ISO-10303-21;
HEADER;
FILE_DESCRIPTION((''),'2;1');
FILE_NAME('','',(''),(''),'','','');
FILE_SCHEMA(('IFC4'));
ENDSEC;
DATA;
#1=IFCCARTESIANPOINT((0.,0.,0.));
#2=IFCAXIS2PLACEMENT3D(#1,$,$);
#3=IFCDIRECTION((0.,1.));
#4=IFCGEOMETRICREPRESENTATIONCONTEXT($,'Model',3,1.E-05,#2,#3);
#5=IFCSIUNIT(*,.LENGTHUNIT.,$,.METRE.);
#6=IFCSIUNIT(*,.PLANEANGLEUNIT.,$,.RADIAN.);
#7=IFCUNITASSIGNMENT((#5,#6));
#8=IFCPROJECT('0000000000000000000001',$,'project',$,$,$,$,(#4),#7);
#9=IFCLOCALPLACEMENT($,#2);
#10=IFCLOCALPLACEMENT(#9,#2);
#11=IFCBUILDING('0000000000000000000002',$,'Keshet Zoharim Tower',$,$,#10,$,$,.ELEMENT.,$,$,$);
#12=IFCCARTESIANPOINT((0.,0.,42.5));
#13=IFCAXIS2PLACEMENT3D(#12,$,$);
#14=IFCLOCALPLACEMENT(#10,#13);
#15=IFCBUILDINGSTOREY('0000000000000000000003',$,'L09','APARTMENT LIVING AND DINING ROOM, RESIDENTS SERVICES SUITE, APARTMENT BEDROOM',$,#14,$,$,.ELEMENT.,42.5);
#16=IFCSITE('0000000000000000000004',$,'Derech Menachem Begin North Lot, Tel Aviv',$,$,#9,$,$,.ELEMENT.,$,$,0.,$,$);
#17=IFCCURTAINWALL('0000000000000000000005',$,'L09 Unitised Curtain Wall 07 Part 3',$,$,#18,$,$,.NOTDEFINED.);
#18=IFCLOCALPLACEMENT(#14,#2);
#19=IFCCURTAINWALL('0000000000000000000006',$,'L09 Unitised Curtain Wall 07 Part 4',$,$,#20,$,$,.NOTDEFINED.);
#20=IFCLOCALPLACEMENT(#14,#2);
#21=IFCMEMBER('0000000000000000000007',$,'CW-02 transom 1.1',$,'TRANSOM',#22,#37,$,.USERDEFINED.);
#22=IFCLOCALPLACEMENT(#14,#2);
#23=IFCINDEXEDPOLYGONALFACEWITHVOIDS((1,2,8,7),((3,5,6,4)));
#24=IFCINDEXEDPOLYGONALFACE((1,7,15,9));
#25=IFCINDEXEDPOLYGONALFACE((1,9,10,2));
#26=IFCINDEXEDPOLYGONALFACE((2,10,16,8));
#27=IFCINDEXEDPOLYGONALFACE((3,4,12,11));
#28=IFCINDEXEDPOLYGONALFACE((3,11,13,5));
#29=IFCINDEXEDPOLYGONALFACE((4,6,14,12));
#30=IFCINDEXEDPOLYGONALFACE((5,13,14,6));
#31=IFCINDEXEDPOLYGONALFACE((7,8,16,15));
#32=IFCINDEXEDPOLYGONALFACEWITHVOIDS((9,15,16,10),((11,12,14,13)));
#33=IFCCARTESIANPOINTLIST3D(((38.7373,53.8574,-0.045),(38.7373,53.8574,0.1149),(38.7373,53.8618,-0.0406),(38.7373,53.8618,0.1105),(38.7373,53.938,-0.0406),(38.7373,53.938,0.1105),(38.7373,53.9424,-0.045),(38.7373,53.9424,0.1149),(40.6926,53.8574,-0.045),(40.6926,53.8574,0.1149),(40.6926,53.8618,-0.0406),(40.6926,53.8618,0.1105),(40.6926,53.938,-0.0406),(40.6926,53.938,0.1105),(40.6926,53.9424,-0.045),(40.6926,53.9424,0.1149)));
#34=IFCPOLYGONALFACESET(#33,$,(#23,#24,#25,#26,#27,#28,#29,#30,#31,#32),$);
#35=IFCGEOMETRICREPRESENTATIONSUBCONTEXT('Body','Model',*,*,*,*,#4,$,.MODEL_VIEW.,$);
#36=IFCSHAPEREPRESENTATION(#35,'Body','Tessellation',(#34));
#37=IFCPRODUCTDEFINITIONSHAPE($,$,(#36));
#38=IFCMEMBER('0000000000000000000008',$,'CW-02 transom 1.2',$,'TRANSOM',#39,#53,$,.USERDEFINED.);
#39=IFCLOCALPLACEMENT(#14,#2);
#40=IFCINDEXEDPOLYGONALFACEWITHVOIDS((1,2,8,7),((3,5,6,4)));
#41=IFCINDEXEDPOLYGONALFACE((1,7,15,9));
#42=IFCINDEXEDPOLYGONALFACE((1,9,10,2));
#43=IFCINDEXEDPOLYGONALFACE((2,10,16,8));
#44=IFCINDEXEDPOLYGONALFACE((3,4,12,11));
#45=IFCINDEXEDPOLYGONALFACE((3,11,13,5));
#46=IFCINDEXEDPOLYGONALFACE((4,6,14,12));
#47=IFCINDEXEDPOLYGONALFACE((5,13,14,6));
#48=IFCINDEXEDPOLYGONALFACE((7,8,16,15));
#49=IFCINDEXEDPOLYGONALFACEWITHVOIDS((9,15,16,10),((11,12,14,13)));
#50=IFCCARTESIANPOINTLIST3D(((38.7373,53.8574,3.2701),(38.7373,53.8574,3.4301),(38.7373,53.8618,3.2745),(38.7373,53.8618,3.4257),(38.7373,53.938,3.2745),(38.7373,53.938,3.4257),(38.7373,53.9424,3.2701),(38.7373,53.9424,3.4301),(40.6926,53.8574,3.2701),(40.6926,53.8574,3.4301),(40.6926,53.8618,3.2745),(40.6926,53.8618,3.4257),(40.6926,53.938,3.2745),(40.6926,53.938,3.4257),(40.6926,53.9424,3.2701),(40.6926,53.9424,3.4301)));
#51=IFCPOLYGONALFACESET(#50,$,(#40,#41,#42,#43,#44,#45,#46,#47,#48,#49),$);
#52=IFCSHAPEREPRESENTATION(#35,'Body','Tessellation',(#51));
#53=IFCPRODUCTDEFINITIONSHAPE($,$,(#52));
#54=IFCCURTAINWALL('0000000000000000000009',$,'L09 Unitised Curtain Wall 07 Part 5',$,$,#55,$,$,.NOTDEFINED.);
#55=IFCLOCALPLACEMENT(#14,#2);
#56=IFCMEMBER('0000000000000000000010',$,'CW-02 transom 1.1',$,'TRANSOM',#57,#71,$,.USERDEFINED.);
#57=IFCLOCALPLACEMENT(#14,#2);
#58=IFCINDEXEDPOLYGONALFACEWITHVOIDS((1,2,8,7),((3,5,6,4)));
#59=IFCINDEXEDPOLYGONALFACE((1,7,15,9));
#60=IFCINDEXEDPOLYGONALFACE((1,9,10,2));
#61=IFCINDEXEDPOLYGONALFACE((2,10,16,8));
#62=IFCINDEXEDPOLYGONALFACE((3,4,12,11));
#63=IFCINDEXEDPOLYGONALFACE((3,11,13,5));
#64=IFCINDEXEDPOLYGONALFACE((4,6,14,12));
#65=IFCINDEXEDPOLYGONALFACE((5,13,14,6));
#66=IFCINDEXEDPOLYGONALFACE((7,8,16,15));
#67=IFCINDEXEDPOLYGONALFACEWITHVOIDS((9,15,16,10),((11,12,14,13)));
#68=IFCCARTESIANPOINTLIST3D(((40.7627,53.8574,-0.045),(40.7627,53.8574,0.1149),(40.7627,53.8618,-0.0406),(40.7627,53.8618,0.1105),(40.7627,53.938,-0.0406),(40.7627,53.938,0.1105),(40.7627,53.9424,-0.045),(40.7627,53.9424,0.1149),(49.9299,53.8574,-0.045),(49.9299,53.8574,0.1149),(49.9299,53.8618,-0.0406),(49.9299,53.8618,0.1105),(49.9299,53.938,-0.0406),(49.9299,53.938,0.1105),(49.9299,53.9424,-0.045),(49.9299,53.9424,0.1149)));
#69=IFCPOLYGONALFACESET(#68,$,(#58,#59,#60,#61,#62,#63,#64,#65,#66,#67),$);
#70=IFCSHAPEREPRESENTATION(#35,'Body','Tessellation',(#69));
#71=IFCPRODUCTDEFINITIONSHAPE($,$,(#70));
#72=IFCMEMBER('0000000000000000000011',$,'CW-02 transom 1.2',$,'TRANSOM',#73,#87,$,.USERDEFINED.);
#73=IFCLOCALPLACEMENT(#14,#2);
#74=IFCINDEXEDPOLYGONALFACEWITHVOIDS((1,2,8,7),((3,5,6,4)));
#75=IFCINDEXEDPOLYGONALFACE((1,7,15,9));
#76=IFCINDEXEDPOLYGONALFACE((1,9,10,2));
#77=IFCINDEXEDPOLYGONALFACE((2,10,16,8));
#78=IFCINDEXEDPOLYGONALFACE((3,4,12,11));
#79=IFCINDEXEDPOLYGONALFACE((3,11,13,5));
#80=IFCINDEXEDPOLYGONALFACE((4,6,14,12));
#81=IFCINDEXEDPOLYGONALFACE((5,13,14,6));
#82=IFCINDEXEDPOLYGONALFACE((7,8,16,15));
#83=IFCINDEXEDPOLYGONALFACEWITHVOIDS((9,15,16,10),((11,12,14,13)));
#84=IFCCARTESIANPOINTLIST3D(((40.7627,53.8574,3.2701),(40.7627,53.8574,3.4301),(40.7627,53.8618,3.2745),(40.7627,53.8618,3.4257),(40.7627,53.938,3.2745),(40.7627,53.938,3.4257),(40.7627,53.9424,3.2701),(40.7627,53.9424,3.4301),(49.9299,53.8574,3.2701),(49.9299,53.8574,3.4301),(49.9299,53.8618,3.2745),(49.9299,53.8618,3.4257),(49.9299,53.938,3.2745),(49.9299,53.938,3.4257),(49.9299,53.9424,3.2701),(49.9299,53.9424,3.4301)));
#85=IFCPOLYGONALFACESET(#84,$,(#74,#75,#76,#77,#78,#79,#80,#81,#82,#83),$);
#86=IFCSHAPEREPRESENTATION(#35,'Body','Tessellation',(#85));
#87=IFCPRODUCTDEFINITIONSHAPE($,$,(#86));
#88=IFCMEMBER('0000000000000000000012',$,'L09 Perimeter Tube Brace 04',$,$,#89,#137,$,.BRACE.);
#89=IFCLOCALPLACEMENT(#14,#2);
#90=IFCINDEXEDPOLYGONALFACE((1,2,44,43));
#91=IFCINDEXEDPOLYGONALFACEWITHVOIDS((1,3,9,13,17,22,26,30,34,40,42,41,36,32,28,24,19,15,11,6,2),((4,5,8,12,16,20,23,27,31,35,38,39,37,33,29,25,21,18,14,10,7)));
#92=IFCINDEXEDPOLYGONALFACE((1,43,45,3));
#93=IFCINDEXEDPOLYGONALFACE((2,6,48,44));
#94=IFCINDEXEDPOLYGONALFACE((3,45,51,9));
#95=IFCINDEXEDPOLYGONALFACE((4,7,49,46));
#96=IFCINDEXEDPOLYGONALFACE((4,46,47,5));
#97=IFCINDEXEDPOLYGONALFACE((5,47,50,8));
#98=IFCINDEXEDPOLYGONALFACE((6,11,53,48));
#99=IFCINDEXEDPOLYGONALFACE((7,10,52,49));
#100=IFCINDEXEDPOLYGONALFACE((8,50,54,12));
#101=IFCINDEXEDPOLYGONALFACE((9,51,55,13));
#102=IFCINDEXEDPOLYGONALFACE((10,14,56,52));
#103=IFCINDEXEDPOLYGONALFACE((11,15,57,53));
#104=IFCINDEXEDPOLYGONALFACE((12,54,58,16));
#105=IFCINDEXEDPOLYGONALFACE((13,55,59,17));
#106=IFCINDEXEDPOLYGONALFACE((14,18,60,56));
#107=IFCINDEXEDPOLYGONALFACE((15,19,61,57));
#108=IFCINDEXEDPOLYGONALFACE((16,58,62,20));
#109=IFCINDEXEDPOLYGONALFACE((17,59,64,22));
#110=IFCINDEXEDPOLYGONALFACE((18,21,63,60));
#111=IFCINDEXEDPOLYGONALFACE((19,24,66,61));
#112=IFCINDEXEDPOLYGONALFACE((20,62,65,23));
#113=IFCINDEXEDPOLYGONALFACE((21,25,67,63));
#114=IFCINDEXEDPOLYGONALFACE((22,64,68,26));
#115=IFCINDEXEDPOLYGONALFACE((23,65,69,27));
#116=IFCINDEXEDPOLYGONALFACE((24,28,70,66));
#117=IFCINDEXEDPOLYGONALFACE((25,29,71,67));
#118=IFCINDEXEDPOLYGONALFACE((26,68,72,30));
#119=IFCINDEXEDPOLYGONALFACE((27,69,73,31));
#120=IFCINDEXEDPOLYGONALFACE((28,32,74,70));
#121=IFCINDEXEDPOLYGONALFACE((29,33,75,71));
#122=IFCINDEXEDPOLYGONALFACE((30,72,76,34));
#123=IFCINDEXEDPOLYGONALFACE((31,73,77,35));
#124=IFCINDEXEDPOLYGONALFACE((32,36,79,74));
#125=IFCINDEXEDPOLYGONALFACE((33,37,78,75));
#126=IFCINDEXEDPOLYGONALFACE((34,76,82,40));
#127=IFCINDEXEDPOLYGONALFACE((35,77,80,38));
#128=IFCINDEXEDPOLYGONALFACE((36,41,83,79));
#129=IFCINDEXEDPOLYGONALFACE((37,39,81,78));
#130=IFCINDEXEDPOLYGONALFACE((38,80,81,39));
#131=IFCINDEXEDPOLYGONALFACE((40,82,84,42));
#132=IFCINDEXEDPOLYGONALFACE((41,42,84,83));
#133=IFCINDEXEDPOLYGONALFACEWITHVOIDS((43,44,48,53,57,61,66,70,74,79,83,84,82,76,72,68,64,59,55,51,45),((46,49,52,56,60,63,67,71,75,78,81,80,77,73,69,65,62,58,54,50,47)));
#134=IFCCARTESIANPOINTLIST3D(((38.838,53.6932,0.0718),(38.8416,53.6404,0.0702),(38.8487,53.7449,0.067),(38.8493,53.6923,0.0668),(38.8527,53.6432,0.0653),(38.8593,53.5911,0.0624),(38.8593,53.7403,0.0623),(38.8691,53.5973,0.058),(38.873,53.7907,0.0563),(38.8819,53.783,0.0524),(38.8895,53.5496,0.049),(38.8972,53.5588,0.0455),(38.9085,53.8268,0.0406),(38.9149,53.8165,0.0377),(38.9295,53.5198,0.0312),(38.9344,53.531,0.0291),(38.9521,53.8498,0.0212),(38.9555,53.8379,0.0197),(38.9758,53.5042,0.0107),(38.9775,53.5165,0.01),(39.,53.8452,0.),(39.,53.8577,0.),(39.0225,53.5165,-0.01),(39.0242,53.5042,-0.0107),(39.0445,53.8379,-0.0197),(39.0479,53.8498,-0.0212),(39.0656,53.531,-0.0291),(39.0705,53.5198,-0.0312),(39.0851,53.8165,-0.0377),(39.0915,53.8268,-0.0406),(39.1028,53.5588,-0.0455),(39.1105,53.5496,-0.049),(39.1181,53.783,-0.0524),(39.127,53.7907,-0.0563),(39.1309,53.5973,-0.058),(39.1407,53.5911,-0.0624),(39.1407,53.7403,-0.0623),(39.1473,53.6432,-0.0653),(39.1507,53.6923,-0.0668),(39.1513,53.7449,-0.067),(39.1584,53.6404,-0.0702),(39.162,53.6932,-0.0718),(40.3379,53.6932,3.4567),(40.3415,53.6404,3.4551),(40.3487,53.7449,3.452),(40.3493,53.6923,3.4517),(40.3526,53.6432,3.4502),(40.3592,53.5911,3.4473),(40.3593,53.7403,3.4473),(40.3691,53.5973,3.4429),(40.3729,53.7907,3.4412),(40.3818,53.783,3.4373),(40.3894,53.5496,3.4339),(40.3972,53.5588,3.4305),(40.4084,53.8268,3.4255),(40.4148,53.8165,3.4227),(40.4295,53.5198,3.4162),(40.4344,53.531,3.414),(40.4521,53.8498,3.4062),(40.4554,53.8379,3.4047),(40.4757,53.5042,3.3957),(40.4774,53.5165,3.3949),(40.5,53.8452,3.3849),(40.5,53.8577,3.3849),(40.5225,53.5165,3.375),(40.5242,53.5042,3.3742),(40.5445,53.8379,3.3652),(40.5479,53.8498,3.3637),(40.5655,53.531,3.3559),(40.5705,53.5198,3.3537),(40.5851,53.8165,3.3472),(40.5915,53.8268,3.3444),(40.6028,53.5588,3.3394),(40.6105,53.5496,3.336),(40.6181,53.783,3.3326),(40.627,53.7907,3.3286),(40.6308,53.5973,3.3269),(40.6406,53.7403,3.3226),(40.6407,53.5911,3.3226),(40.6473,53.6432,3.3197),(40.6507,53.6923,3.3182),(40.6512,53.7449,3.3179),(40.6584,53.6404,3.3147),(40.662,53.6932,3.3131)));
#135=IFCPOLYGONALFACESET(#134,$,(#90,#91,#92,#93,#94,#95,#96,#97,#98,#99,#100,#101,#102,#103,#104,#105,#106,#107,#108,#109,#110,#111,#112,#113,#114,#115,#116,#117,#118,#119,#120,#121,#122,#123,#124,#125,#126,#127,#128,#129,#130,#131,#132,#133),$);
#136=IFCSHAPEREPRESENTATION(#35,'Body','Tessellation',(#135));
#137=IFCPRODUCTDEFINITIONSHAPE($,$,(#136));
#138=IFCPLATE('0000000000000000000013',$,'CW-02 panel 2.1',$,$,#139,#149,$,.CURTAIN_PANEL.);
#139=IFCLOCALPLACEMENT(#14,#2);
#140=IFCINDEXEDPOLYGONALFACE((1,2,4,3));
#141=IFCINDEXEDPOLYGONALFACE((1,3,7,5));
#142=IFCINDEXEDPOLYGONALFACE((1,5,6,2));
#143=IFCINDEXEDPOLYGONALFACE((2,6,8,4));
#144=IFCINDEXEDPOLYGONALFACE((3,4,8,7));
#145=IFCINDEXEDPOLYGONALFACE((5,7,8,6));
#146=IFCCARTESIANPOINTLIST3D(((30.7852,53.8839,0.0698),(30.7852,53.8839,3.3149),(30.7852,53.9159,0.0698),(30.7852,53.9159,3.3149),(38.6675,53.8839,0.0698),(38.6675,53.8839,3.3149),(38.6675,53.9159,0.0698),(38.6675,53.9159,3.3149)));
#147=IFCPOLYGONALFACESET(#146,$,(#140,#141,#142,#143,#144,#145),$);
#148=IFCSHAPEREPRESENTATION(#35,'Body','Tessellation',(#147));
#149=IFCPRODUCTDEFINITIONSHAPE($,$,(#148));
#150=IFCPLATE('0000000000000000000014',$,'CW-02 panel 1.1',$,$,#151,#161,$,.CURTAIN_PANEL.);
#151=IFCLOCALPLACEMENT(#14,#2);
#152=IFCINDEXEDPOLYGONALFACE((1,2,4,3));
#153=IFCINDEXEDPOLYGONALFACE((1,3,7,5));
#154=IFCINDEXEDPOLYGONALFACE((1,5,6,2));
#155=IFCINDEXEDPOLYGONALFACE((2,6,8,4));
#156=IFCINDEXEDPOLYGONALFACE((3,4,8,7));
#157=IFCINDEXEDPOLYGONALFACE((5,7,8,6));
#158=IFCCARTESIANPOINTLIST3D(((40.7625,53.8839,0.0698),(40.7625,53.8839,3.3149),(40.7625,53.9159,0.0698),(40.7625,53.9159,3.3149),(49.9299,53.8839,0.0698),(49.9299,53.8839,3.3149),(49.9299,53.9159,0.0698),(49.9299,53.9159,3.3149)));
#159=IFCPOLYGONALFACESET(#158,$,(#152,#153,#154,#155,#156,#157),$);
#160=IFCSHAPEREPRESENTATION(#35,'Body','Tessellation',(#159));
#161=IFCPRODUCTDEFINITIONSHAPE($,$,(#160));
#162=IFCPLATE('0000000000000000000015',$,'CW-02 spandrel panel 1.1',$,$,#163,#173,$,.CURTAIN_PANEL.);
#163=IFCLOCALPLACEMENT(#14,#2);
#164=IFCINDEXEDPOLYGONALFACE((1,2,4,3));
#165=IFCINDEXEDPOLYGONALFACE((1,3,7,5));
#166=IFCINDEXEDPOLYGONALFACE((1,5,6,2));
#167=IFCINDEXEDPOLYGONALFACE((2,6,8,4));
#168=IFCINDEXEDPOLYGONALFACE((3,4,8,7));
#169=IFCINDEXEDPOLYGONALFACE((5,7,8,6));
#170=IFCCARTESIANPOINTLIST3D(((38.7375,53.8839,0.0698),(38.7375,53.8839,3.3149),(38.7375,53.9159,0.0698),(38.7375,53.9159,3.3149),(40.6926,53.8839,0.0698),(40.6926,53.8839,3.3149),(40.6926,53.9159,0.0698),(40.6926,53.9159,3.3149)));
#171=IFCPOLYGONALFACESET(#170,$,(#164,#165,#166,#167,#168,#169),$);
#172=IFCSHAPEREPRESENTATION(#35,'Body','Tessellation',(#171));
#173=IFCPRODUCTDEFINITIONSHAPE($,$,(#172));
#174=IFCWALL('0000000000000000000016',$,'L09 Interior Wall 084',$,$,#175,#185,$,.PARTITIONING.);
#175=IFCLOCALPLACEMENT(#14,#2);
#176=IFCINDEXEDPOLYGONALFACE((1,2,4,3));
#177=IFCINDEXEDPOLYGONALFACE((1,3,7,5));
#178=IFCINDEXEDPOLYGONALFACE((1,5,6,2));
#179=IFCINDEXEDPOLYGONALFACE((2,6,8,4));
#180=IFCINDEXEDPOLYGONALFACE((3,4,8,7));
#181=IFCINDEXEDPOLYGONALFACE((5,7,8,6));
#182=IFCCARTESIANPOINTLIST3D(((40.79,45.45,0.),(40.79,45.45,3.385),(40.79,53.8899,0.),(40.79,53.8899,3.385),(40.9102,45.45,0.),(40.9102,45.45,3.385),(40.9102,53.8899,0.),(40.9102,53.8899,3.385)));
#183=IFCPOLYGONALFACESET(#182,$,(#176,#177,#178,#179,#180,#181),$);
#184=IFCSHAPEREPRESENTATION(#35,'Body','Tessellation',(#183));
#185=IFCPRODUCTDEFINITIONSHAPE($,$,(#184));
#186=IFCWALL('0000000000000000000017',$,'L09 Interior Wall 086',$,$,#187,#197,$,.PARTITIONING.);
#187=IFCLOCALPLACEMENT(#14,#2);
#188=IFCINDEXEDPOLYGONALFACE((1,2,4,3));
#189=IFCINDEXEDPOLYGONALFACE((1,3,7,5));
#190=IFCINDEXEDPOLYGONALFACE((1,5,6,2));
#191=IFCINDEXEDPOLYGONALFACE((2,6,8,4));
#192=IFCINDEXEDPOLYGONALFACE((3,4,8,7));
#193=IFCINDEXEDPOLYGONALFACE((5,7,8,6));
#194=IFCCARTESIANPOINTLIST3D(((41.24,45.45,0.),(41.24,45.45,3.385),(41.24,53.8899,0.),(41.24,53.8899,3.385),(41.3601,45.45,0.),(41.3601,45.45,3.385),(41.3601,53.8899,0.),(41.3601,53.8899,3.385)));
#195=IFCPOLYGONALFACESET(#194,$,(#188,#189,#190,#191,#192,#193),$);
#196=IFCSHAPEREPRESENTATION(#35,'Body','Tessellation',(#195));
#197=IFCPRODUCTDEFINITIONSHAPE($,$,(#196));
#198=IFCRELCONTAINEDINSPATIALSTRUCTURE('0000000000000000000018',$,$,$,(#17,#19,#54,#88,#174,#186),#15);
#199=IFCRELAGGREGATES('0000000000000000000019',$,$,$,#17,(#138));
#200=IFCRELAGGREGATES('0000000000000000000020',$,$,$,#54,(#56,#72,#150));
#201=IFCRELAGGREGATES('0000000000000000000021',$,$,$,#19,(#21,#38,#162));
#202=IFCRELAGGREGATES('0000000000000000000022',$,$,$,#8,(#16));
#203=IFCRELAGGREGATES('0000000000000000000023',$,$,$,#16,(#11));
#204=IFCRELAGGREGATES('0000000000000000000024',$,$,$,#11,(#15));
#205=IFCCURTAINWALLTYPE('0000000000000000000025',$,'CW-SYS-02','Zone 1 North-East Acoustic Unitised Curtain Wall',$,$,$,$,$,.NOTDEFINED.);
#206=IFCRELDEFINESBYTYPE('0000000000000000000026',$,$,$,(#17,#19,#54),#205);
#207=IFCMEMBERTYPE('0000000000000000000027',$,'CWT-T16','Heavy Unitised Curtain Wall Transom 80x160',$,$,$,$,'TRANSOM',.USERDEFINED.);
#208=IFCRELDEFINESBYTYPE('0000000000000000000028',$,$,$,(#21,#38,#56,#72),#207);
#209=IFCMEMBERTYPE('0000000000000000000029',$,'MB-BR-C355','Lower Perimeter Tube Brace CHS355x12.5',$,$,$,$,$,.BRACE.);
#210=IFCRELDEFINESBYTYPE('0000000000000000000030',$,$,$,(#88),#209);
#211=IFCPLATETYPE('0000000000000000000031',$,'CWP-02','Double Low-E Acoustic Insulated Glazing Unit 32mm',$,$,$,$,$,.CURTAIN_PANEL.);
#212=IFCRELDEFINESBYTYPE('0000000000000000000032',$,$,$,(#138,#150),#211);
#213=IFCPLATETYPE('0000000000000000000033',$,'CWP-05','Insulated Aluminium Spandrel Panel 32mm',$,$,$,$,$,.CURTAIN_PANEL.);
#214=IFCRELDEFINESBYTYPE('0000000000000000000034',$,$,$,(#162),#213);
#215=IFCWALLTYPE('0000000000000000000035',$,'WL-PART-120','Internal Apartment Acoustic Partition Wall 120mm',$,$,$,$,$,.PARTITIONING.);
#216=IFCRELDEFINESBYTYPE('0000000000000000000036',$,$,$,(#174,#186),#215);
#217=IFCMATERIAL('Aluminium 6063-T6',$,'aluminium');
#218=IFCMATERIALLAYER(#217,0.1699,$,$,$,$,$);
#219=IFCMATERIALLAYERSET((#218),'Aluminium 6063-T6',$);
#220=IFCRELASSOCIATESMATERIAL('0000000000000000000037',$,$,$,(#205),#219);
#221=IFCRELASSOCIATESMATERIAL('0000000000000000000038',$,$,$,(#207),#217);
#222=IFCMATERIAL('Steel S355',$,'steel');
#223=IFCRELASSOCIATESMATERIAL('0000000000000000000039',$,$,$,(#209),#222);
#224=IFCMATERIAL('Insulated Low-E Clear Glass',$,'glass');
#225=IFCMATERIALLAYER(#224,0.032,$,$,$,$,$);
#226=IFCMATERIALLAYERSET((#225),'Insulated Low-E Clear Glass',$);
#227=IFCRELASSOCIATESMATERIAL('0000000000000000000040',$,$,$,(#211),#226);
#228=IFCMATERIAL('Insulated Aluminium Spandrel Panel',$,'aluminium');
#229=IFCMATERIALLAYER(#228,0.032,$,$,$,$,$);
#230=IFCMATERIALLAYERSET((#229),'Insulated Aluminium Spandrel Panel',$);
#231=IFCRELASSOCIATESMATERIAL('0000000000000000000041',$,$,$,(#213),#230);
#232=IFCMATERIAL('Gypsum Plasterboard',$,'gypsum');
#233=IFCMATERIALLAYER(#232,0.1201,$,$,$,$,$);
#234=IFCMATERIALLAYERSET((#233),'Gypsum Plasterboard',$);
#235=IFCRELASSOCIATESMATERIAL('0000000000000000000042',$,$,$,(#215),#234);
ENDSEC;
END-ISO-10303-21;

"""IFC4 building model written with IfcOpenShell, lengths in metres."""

from ifc_helpers import new_model, si_unit, direction, frame, frame_2d, origin, origin_2d, place, context, subcontext, project, spatial, rectangle, hollow_rectangle, hollow_circle, extrude, material, layer, layer_set, material_profile, profile_set, type_object, element, aggregate, save


model = new_model("IFC4")

# Units and contexts
model_context = context("Model", 3, precision=1e-05, world=origin(), true_north=direction((0.0, 1.0)))
body_context = subcontext(model_context, "Body", "Model", "MODEL_VIEW")
ifc_project = project(units=[si_unit("LENGTHUNIT", "METRE"), si_unit("PLANEANGLEUNIT", "RADIAN")], contexts=[model_context])

# Site, building, storey
site_placement = place(None, origin())
site = spatial("IfcSite", under=ifc_project, at=site_placement, Name="Derech Menachem Begin North Lot, Tel Aviv", CompositionType="ELEMENT", RefElevation=0.0)
building_placement = place(site_placement, origin())
building = spatial("IfcBuilding", under=site, at=building_placement, Name="Keshet Zoharim Tower", CompositionType="ELEMENT")
storey_placement = place(building_placement, frame((0.0, 0.0, 42.5)))
storey = spatial("IfcBuildingStorey", under=building, at=storey_placement, Name="L09", Description="APARTMENT LIVING AND DINING ROOM, RESIDENTS SERVICES SUITE, APARTMENT BEDROOM", CompositionType="ELEMENT", Elevation=42.5)

# Shared definitions
ifc_material_1 = material(Name="Steel S355", Category="steel")

# Curtain wall
ifc_material_2 = material(Name="Aluminium 6063-T6", Category="aluminium")
ifc_layer_1 = layer(ifc_material_2, 0.1699)
ifc_layer_set_1 = layer_set([ifc_layer_1], Name="Aluminium 6063-T6")
curtain_wall_type = type_object("IfcCurtainWallType", Name="CW-SYS-02", Description="Zone 1 North-East Acoustic Unitised Curtain Wall", PredefinedType="NOTDEFINED", material=ifc_layer_set_1)
curtain_wall_1_placement = place(storey_placement, origin())
curtain_wall_1 = element("IfcCurtainWall", 1, at=curtain_wall_1_placement, inside=storey, type_object=curtain_wall_type, Name="L09 Unitised Curtain Wall 07 Part 3", PredefinedType="NOTDEFINED")

# Curtain walls, members
curtain_wall_2_placement = place(storey_placement, origin())
curtain_wall_2 = element("IfcCurtainWall", 2, at=curtain_wall_2_placement, inside=storey, type_object=curtain_wall_type, Name="L09 Unitised Curtain Wall 07 Part 4", PredefinedType="NOTDEFINED")
ifc_material_profile_1 = material_profile(ifc_material_2, hollow_rectangle(XDim=0.085, YDim=0.1599, WallThickness=0.0044, at=origin_2d()), Name="TRN-85x160")
ifc_profile_set_1 = profile_set([ifc_material_profile_1], Name="Aluminium 6063-T6")
member_type_1 = type_object("IfcMemberType", Name="CWT-T16", Description="Heavy Unitised Curtain Wall Transom 80x160", ElementType="TRANSOM", PredefinedType="USERDEFINED", material=ifc_profile_set_1)
member_1_placement = place(storey_placement, frame((38.7373, 53.8999, 0.0349), z_axis=(1.0, 0.0, 0.0), x_axis=(0.0, 1.0, 0.0)))
member_1 = element("IfcMember", 3, at=member_1_placement, type_object=member_type_1, Name="CW-02 transom 1.1", ObjectType="TRANSOM", PredefinedType="USERDEFINED", context=body_context, shape_type="SweptSolid", body=[
    extrude(hollow_rectangle(XDim=0.085, YDim=0.1599, WallThickness=0.0044, at=origin_2d()), origin(), (0.0, 0.0, 1.0), 1.9553),
])
member_2_placement = place(storey_placement, frame((38.7373, 53.8999, 3.3501), z_axis=(1.0, 0.0, 0.0), x_axis=(0.0, 1.0, 0.0)))
member_2 = element("IfcMember", 4, at=member_2_placement, type_object=member_type_1, Name="CW-02 transom 1.2", ObjectType="TRANSOM", PredefinedType="USERDEFINED", context=body_context, shape_type="SweptSolid", body=[
    extrude(hollow_rectangle(XDim=0.085, YDim=0.1599, WallThickness=0.0044, at=origin_2d()), origin(), (0.0, 0.0, 1.0), 1.9553),
])
curtain_wall_3_placement = place(storey_placement, origin())
curtain_wall_3 = element("IfcCurtainWall", 5, at=curtain_wall_3_placement, inside=storey, type_object=curtain_wall_type, Name="L09 Unitised Curtain Wall 07 Part 5", PredefinedType="NOTDEFINED")
member_3_placement = place(storey_placement, frame((40.7627, 53.8999, 0.0349), z_axis=(1.0, 0.0, 0.0), x_axis=(0.0, 1.0, 0.0)))
member_3 = element("IfcMember", 6, at=member_3_placement, type_object=member_type_1, Name="CW-02 transom 1.1", ObjectType="TRANSOM", PredefinedType="USERDEFINED", context=body_context, shape_type="SweptSolid", body=[
    extrude(hollow_rectangle(XDim=0.085, YDim=0.1599, WallThickness=0.0044, at=origin_2d()), origin(), (0.0, 0.0, 1.0), 9.1672),
])
member_4_placement = place(storey_placement, frame((40.7627, 53.8999, 3.3501), z_axis=(1.0, 0.0, 0.0), x_axis=(0.0, 1.0, 0.0)))
member_4 = element("IfcMember", 7, at=member_4_placement, type_object=member_type_1, Name="CW-02 transom 1.2", ObjectType="TRANSOM", PredefinedType="USERDEFINED", context=body_context, shape_type="SweptSolid", body=[
    extrude(hollow_rectangle(XDim=0.085, YDim=0.1599, WallThickness=0.0044, at=origin_2d()), origin(), (0.0, 0.0, 1.0), 9.1672),
])

# Member
ifc_material_profile_2 = material_profile(ifc_material_1, hollow_circle(Radius=0.1777, WallThickness=0.0125, at=origin_2d()), Name="CHS355x12.5")
ifc_profile_set_2 = profile_set([ifc_material_profile_2], Name="Steel S355")
member_type_2 = type_object("IfcMemberType", Name="MB-BR-C355", Description="Lower Perimeter Tube Brace CHS355x12.5", PredefinedType="BRACE", material=ifc_profile_set_2)
member_5_placement = place(storey_placement, frame((39.0, 53.6799, 0.0), z_axis=(0.405135, 0.0, 0.914257), x_axis=(0.0, 1.0, 0.0)))
element("IfcMember", 8, at=member_5_placement, inside=storey, type_object=member_type_2, Name="L09 Perimeter Tube Brace 04", PredefinedType="BRACE", context=body_context, shape_type="SweptSolid", body=[
    extrude(hollow_circle(Radius=0.1777, WallThickness=0.0125, at=origin_2d()), origin(), (0.0, 0.0, 1.0), 3.7024),
])

# Plates
ifc_material_3 = material(Name="Insulated Low-E Clear Glass", Category="glass")
ifc_layer_2 = layer(ifc_material_3, 0.032)
ifc_layer_set_2 = layer_set([ifc_layer_2], Name="Insulated Low-E Clear Glass")
plate_type_1 = type_object("IfcPlateType", Name="CWP-02", Description="Double Low-E Acoustic Insulated Glazing Unit 32mm", PredefinedType="CURTAIN_PANEL", material=ifc_layer_set_2)
plate_1_placement = place(storey_placement, frame((34.7263, 53.8999, 0.0698), z_axis=(0.0, 0.0, 1.0), x_axis=(1.0, 0.0, 0.0)))
plate_1 = element("IfcPlate", 9, at=plate_1_placement, type_object=plate_type_1, Name="CW-02 panel 2.1", PredefinedType="CURTAIN_PANEL", context=body_context, shape_type="SweptSolid", body=[
    extrude(rectangle(XDim=7.8823, YDim=0.032, at=origin_2d()), origin(), (0.0, 0.0, 1.0), 3.2451),
])
aggregate(curtain_wall_1, [plate_1])
plate_2_placement = place(storey_placement, frame((45.3462, 53.8999, 0.0698), z_axis=(0.0, 0.0, 1.0), x_axis=(1.0, 0.0, 0.0)))
plate_2 = element("IfcPlate", 10, at=plate_2_placement, type_object=plate_type_1, Name="CW-02 panel 1.1", PredefinedType="CURTAIN_PANEL", context=body_context, shape_type="SweptSolid", body=[
    extrude(rectangle(XDim=9.1675, YDim=0.032, at=origin_2d()), origin(), (0.0, 0.0, 1.0), 3.2451),
])
aggregate(curtain_wall_3, [member_3, member_4, plate_2])
ifc_material_4 = material(Name="Insulated Aluminium Spandrel Panel", Category="aluminium")
ifc_layer_3 = layer(ifc_material_4, 0.032)
ifc_layer_set_3 = layer_set([ifc_layer_3], Name="Insulated Aluminium Spandrel Panel")
plate_type_2 = type_object("IfcPlateType", Name="CWP-05", Description="Insulated Aluminium Spandrel Panel 32mm", PredefinedType="CURTAIN_PANEL", material=ifc_layer_set_3)
plate_3_placement = place(storey_placement, frame((39.7151, 53.8999, 0.0698), z_axis=(0.0, 0.0, 1.0), x_axis=(1.0, 0.0, 0.0)))
plate_3 = element("IfcPlate", 11, at=plate_3_placement, type_object=plate_type_2, Name="CW-02 spandrel panel 1.1", PredefinedType="CURTAIN_PANEL", context=body_context, shape_type="SweptSolid", body=[
    extrude(rectangle(XDim=1.9551, YDim=0.032, at=origin_2d()), origin(), (0.0, 0.0, 1.0), 3.2451),
])
aggregate(curtain_wall_2, [member_1, member_2, plate_3])

# Walls
ifc_material_5 = material(Name="Gypsum Plasterboard", Category="gypsum")
ifc_layer_4 = layer(ifc_material_5, 0.1201)
ifc_layer_set_4 = layer_set([ifc_layer_4], Name="Gypsum Plasterboard")
wall_type = type_object("IfcWallType", Name="WL-PART-120", Description="Internal Apartment Acoustic Partition Wall 120mm", PredefinedType="PARTITIONING", material=ifc_layer_set_4)
for number, where, z_axis, x_axis, name in (
    (12, (40.8501, 45.45, 0.0), (0.0, 0.0, 1.0), (0.0, 1.0, 0.0), "L09 Interior Wall 084"),
    (13, (41.3, 45.45, 0.0), (0.0, 0.0, 1.0), (0.0, 1.0, 0.0), "L09 Interior Wall 086"),
):
    element("IfcWall", number, at=place(storey_placement, frame(where, z_axis=z_axis, x_axis=x_axis)), inside=storey, type_object=wall_type, Name=name, PredefinedType="PARTITIONING", context=body_context, shape_type="SweptSolid", body=[
        extrude(rectangle(XDim=8.4399, YDim=0.1201, at=frame_2d((4.22, 0.0))), origin(), (0.0, 0.0, 1.0), 3.385),
    ])

save(model, "model.ifc")
